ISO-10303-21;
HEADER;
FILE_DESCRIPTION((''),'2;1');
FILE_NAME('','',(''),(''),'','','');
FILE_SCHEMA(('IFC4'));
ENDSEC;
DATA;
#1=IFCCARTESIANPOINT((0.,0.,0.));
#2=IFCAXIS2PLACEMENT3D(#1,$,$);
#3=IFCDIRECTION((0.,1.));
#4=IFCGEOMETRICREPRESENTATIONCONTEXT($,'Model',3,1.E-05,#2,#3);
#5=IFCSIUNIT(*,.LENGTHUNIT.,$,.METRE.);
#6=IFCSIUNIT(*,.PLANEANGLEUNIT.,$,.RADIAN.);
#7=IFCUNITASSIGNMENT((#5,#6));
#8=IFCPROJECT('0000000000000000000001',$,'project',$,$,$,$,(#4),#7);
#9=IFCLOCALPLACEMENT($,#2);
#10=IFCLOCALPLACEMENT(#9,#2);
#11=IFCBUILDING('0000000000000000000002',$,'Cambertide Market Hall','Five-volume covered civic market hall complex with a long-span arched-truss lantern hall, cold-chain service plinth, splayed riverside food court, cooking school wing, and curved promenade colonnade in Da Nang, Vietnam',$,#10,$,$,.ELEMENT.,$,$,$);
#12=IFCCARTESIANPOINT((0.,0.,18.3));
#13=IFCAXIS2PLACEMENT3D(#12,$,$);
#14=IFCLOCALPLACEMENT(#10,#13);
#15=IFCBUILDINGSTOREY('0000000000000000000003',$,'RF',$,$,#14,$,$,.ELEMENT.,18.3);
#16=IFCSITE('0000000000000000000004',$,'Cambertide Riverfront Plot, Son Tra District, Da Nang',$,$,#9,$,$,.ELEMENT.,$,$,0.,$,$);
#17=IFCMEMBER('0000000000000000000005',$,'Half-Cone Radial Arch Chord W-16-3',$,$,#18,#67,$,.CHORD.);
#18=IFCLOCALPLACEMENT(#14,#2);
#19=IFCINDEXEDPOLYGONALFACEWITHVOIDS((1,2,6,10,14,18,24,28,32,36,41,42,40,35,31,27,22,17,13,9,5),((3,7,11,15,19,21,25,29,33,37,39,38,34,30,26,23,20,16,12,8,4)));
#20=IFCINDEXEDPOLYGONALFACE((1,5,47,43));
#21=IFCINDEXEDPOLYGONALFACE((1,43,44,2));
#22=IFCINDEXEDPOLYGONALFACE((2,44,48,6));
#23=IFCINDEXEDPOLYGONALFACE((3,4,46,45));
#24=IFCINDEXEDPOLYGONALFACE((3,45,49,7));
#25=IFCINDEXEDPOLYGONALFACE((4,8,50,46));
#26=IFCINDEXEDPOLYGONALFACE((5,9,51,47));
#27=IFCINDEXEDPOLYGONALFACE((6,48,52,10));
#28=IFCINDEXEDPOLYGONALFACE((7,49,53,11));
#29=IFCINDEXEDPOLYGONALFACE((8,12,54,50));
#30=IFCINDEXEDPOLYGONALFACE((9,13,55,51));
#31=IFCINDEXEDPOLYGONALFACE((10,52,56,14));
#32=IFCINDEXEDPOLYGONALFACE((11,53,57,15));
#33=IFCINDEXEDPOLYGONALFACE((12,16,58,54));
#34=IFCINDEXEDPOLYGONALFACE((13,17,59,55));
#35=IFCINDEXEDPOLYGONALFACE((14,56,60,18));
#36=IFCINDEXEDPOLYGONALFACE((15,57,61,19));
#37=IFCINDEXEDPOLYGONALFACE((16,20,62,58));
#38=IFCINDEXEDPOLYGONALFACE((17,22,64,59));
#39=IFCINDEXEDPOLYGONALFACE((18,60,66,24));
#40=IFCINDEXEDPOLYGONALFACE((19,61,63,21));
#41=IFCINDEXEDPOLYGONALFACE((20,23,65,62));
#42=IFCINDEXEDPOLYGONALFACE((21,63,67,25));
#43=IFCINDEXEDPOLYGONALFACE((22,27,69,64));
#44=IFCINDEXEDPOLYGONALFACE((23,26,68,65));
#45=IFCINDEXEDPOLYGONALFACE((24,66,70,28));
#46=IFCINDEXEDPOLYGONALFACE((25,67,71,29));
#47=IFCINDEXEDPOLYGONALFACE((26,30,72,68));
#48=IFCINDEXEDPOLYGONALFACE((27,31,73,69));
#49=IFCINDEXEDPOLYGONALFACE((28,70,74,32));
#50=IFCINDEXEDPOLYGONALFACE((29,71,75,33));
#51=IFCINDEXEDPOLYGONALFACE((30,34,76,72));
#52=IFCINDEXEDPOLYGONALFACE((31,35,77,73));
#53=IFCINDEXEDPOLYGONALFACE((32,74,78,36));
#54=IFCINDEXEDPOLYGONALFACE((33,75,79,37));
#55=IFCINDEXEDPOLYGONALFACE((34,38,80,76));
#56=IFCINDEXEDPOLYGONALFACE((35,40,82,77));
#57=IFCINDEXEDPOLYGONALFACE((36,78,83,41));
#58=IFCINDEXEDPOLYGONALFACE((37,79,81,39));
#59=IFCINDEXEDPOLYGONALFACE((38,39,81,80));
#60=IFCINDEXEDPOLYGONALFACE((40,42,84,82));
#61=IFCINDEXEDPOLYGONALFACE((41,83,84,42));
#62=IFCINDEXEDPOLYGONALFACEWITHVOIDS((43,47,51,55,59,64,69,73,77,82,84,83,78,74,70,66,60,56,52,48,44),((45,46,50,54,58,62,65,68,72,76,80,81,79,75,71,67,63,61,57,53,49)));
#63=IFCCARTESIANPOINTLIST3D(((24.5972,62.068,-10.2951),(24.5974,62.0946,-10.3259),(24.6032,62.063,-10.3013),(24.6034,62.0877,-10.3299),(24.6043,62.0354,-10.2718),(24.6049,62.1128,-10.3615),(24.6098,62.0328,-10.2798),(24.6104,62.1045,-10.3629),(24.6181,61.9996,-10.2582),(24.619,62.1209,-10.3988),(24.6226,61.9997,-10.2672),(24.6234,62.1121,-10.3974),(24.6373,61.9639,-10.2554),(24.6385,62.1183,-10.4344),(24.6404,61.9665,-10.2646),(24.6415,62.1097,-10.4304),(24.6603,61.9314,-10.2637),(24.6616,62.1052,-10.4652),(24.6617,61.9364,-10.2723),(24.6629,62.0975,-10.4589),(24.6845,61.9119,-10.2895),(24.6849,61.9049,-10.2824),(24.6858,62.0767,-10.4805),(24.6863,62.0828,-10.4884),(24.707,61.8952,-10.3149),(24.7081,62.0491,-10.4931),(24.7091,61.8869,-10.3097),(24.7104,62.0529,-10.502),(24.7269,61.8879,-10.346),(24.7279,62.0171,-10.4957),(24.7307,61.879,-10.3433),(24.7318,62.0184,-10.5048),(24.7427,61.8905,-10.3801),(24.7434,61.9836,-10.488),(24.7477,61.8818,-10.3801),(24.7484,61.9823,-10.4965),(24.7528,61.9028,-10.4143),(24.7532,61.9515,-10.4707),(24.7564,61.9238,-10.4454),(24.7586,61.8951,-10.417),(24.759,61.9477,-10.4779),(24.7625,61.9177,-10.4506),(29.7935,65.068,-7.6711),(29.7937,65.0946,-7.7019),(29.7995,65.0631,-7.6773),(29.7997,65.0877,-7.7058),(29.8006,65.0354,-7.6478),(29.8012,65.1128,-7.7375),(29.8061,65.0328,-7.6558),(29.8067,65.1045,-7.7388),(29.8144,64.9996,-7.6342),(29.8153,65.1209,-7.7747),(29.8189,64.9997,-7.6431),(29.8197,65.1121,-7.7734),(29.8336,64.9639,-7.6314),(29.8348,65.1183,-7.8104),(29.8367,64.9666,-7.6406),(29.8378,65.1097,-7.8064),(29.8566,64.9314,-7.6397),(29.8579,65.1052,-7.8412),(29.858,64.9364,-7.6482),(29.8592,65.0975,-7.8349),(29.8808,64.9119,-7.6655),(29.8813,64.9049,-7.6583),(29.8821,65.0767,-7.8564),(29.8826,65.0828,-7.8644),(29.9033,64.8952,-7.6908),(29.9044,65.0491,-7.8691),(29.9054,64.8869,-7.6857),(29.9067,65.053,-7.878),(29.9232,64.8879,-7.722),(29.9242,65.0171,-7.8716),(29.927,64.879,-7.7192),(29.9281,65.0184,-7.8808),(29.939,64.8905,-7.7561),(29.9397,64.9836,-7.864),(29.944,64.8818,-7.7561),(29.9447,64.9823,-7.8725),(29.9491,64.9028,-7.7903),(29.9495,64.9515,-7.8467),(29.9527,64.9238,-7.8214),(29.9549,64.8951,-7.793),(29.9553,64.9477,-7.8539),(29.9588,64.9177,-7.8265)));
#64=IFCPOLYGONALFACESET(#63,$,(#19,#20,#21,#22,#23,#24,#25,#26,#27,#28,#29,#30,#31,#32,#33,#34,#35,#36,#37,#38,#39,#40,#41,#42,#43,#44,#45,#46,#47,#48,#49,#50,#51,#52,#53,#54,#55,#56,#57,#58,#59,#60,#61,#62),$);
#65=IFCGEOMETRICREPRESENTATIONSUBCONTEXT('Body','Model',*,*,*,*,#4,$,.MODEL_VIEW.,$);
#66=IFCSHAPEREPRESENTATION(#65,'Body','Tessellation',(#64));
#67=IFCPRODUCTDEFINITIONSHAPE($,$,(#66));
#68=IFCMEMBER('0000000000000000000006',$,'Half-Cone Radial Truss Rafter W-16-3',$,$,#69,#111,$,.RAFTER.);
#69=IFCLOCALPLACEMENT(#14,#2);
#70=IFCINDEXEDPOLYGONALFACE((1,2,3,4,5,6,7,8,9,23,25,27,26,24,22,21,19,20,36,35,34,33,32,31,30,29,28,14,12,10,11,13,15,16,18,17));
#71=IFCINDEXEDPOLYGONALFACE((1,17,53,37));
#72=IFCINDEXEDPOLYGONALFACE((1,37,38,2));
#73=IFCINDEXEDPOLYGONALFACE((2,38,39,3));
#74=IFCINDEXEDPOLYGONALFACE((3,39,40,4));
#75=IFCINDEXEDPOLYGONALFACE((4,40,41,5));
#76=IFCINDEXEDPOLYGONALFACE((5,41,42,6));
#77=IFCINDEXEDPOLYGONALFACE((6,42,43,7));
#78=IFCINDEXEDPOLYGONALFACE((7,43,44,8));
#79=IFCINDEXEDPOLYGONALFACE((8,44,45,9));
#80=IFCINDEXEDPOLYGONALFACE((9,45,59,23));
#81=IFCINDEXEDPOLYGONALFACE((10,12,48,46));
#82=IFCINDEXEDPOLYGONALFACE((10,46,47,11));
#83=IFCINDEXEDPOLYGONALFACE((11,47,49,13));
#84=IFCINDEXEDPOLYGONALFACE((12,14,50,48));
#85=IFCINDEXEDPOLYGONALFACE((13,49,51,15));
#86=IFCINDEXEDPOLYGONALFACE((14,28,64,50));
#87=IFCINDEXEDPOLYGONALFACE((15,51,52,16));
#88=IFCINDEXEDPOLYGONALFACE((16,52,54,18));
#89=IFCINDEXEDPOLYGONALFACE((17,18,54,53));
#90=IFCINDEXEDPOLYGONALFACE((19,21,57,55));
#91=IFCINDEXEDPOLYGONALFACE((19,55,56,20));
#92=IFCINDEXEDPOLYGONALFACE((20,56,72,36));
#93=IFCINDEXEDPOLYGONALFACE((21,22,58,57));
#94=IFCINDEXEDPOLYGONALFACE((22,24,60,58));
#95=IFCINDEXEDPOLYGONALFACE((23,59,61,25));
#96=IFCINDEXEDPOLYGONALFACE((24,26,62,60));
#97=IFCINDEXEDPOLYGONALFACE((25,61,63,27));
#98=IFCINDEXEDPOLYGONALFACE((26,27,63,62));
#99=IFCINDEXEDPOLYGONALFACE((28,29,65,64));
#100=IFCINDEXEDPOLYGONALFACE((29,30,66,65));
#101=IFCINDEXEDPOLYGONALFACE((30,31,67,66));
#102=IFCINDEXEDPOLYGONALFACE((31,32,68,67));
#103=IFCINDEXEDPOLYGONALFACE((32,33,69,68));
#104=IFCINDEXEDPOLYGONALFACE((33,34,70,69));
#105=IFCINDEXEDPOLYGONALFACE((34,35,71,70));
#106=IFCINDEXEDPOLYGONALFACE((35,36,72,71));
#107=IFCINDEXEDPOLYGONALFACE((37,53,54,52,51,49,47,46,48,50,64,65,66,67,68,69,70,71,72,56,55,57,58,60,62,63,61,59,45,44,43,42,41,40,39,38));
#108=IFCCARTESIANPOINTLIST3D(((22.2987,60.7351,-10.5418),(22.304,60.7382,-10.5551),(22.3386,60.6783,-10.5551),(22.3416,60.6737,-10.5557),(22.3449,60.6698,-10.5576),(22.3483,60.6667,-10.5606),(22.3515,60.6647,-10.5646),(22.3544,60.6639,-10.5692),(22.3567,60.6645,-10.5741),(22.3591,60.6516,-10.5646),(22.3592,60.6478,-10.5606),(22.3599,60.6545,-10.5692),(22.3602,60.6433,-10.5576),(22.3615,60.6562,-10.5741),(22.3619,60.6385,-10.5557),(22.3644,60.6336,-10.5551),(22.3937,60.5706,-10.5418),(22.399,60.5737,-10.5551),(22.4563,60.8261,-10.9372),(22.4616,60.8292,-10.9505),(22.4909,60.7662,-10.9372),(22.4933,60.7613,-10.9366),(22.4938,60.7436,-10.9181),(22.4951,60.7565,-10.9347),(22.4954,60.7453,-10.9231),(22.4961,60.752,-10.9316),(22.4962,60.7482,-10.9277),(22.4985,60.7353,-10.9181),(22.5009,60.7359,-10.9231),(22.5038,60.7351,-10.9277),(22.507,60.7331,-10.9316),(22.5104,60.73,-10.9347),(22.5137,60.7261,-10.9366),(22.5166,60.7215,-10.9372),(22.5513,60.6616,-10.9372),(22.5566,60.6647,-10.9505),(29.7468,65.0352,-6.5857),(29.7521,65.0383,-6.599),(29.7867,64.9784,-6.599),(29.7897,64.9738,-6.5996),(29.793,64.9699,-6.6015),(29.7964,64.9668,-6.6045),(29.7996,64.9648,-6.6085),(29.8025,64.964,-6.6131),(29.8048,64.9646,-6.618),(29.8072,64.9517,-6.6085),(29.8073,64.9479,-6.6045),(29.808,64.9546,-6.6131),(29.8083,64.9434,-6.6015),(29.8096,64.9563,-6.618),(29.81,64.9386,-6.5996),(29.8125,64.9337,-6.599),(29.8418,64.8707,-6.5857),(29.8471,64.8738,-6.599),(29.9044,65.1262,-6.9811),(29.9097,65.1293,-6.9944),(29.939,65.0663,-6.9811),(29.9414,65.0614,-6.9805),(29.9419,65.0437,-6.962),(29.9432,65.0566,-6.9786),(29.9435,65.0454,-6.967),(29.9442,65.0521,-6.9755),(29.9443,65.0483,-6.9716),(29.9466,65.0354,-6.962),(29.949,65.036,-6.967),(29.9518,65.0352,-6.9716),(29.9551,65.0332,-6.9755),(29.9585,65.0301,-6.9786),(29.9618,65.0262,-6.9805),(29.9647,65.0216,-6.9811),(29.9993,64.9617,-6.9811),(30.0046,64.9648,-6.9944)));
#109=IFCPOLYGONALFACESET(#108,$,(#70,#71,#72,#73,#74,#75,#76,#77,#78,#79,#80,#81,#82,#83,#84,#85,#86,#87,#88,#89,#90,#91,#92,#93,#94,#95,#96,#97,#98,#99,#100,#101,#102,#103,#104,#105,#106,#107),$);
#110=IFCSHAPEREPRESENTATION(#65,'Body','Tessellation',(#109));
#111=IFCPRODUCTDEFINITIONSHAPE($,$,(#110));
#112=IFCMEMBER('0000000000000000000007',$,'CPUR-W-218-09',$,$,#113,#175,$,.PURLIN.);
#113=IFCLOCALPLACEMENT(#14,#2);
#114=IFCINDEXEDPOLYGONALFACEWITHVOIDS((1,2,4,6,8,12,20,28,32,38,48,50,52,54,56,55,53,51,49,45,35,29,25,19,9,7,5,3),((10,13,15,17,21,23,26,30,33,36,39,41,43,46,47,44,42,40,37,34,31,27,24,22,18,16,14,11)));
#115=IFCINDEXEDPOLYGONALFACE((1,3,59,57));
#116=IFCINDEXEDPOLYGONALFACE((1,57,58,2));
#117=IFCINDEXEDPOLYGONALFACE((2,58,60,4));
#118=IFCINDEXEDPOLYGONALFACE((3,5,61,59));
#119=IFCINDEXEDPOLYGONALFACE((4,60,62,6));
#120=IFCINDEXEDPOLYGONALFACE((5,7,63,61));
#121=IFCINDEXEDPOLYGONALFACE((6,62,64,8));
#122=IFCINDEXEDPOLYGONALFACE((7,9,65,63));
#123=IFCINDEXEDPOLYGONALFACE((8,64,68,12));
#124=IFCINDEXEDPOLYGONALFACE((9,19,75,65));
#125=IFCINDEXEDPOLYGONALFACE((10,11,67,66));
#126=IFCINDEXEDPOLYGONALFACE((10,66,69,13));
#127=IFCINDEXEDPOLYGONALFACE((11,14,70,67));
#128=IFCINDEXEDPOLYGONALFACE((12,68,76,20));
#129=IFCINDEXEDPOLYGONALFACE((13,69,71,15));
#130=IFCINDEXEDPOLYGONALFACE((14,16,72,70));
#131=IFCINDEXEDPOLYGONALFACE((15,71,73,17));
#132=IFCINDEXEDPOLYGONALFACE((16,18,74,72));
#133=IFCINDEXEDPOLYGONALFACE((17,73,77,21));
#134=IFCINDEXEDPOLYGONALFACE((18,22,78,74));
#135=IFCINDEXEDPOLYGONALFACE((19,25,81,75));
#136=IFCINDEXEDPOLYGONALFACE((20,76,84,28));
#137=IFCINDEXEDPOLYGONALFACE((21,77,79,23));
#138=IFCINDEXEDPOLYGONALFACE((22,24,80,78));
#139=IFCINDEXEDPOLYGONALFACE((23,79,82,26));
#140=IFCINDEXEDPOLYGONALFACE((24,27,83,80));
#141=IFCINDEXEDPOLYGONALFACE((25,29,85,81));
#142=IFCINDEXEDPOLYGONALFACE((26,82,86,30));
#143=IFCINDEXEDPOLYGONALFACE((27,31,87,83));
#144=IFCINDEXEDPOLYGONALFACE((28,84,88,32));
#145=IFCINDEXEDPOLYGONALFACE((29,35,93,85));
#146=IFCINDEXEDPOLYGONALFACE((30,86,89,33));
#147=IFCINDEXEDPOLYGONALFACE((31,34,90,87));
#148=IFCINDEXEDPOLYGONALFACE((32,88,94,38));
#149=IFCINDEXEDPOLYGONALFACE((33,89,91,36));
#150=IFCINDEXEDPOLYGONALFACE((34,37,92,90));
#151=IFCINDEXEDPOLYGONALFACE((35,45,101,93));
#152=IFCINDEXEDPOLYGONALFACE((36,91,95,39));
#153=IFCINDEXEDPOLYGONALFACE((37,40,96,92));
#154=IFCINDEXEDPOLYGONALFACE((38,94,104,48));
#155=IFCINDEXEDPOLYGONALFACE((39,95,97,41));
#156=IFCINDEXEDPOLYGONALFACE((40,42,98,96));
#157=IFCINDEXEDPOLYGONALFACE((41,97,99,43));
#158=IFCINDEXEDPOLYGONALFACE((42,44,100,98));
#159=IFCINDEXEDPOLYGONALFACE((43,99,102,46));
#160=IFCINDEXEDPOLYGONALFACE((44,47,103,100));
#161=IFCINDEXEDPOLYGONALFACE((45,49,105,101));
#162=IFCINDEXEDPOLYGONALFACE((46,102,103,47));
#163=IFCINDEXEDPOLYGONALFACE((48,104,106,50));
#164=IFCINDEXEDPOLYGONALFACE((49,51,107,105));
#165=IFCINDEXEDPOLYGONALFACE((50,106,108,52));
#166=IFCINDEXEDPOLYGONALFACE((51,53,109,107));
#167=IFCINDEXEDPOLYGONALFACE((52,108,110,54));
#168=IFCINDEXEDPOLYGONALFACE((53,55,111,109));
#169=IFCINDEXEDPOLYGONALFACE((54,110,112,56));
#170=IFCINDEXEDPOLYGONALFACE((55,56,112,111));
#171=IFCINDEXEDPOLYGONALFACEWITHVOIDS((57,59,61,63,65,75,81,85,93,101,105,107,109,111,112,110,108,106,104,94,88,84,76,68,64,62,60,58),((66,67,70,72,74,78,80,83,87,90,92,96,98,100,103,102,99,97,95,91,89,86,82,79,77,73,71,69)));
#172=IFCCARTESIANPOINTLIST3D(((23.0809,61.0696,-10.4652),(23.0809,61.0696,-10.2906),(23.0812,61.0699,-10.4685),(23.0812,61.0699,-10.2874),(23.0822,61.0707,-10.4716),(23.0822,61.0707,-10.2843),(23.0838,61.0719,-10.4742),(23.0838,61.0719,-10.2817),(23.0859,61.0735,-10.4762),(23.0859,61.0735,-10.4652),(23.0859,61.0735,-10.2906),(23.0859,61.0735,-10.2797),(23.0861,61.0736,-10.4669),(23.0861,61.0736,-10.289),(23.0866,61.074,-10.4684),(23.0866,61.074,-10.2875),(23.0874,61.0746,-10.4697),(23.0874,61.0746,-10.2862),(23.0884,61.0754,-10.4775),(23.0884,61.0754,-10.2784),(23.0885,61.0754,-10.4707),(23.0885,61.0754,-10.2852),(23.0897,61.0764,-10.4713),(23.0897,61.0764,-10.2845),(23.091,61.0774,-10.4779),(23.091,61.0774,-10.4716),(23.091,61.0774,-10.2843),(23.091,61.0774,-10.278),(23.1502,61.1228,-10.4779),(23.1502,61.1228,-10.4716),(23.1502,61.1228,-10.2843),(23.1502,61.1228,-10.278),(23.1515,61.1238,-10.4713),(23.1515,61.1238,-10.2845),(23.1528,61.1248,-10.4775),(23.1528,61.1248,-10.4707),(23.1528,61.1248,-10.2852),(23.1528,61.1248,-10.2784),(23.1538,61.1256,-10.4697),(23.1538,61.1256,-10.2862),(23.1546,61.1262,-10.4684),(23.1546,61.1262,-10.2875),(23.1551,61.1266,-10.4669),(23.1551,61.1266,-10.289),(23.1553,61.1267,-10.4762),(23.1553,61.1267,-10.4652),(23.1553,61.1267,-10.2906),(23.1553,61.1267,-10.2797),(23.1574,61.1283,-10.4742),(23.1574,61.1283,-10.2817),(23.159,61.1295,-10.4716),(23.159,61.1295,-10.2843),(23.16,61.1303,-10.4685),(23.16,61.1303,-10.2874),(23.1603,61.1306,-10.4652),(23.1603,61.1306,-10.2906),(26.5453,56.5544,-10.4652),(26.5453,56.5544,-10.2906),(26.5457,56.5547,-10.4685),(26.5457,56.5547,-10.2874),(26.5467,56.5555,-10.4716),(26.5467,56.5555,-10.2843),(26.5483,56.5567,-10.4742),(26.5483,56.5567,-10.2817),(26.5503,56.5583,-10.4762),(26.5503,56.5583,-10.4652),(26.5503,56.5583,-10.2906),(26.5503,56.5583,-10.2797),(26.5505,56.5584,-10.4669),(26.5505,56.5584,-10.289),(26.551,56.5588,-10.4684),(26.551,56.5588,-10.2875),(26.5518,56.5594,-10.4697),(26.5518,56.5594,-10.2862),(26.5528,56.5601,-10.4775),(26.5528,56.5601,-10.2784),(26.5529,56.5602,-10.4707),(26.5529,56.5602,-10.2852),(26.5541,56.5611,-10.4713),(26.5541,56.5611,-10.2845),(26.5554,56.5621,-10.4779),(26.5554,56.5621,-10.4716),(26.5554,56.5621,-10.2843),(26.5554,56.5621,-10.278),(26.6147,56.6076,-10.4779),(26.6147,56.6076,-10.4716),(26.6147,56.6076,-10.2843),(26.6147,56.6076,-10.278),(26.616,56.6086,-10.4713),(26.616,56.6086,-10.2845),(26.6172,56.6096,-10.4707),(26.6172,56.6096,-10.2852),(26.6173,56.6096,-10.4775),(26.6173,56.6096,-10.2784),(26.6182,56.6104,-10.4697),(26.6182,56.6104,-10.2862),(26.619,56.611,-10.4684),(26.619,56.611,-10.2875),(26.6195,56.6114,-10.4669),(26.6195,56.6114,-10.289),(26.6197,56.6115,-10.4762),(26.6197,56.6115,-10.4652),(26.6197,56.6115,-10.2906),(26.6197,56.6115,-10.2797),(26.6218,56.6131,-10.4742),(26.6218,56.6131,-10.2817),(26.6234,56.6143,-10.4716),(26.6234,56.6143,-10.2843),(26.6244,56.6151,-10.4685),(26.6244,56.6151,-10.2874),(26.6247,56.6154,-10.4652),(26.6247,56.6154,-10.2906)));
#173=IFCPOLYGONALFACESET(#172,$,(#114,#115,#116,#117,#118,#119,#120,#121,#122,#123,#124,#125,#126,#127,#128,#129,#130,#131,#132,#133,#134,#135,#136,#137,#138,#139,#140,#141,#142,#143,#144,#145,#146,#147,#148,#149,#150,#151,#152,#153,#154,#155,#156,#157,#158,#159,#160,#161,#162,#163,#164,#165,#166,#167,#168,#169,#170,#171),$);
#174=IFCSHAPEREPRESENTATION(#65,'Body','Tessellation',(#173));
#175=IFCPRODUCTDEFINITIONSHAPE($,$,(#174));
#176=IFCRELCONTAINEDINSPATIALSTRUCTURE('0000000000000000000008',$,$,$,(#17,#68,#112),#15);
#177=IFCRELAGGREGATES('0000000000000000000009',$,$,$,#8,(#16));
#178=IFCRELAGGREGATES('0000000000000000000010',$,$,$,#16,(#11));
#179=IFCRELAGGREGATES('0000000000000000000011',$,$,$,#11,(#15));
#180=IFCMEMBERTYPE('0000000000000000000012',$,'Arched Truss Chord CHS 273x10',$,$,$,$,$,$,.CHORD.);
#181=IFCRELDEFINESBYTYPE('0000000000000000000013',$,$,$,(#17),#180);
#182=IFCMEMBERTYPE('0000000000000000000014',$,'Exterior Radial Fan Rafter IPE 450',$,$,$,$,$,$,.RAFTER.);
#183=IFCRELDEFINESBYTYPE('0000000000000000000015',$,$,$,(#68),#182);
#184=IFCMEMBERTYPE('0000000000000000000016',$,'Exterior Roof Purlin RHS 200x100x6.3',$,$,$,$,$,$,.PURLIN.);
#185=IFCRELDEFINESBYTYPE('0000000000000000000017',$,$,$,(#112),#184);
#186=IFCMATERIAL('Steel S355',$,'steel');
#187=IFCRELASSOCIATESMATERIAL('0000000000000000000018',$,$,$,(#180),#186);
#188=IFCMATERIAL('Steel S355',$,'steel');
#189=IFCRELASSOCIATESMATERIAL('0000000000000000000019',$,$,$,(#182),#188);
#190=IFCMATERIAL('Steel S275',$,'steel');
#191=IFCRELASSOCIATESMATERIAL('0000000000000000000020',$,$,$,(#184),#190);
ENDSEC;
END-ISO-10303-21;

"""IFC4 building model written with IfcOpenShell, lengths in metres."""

from ifc_helpers import new_model, si_unit, direction, frame, origin, origin_2d, place, context, subcontext, project, spatial, hollow_rectangle, hollow_circle, i_section, extrude, material, material_profile, profile_set, type_object, element, save


model = new_model("IFC4")

# Units and contexts
model_context = context("Model", 3, precision=1e-05, world=origin(), true_north=direction((0.0, 1.0)))
body_context = subcontext(model_context, "Body", "Model", "MODEL_VIEW")
ifc_project = project(units=[si_unit("LENGTHUNIT", "METRE"), si_unit("PLANEANGLEUNIT", "RADIAN")], contexts=[model_context])

# Site, building, storey
site_placement = place(None, origin())
site = spatial("IfcSite", under=ifc_project, at=site_placement, Name="Cambertide Riverfront Plot, Son Tra District, Da Nang", CompositionType="ELEMENT", RefElevation=0.0)
building_placement = place(site_placement, origin())
building = spatial("IfcBuilding", under=site, at=building_placement, Name="Cambertide Market Hall", Description="Five-volume covered civic market hall complex with a long-span arched-truss lantern hall, cold-chain service plinth, splayed riverside food court, cooking school wing, and curved promenade colonnade in Da Nang, Vietnam", CompositionType="ELEMENT")
storey_placement = place(building_placement, frame((0.0, 0.0, 18.3)))
storey = spatial("IfcBuildingStorey", under=building, at=storey_placement, Name="RF", CompositionType="ELEMENT", Elevation=18.3)

# Members
ifc_material_1 = material(Name="Steel S355", Category="steel")
ifc_material_profile_1 = material_profile(ifc_material_1, hollow_circle(Radius=0.1365, WallThickness=0.01, at=origin_2d()), Name="CHS 273x10")
ifc_profile_set_1 = profile_set([ifc_material_profile_1], Name="Steel S355")
member_type_1 = type_object("IfcMemberType", Name="Arched Truss Chord CHS 273x10", PredefinedType="CHORD", material=ifc_profile_set_1)
member_1_placement = place(storey_placement, frame((29.8757, 65.0, -7.7561), z_axis=(-0.793471, -0.458098, -0.400687), x_axis=(0.49999, -0.866031, 0.0)))
element("IfcMember", 1, at=member_1_placement, inside=storey, type_object=member_type_1, Name="Half-Cone Radial Arch Chord W-16-3", PredefinedType="CHORD", context=body_context, shape_type="SweptSolid", body=[
    extrude(hollow_circle(Radius=0.1365, WallThickness=0.01, at=origin_2d()), origin(), (0.0, 0.0, 1.0), 6.5488),
])
ifc_material_2 = material(Name="Steel S355", Category="steel")
ifc_material_profile_2 = material_profile(ifc_material_2, i_section(OverallWidth=0.1899, OverallDepth=0.45, WebThickness=0.0095, FlangeThickness=0.0146, FilletRadius=0.021, at=origin_2d()), Name="IPE 450")
ifc_profile_set_2 = profile_set([ifc_material_profile_2], Name="Steel S355")
member_type_2 = type_object("IfcMemberType", Name="Exterior Radial Fan Rafter IPE 450", PredefinedType="RAFTER", material=ifc_profile_set_2)
member_2_placement = place(storey_placement, frame((29.8757, 65.0, -6.79), z_axis=(-0.786779, -0.454241, -0.417903), x_axis=(0.499995, -0.866028, 0.0)))
element("IfcMember", 2, at=member_2_placement, inside=storey, type_object=member_type_2, Name="Half-Cone Radial Truss Rafter W-16-3", PredefinedType="RAFTER", context=body_context, shape_type="SweptSolid", body=[
    extrude(i_section(OverallWidth=0.1899, OverallDepth=0.45, WebThickness=0.0095, FlangeThickness=0.0146, FilletRadius=0.021, at=origin_2d()), origin(), (0.0, 0.0, 1.0), 9.4666),
])
ifc_material_3 = material(Name="Steel S275", Category="steel")
ifc_material_profile_3 = material_profile(ifc_material_3, hollow_rectangle(XDim=0.1001, YDim=0.2, WallThickness=0.0063, InnerFilletRadius=0.0063, OuterFilletRadius=0.0127, at=origin_2d()), Name="RHS 200x100x6.3")
ifc_profile_set_3 = profile_set([ifc_material_profile_3], Name="Steel S275")
member_type_3 = type_object("IfcMemberType", Name="Exterior Roof Purlin RHS 200x100x6.3", PredefinedType="PURLIN", material=ifc_profile_set_3)
member_3_placement = place(storey_placement, frame((23.1206, 61.1001, -10.3779), z_axis=(0.608736, -0.793373, 0.0), x_axis=(0.793373, 0.608736, 0.0)))
element("IfcMember", 3, at=member_3_placement, inside=storey, type_object=member_type_3, Name="CPUR-W-218-09", PredefinedType="PURLIN", context=body_context, shape_type="SweptSolid", body=[
    extrude(hollow_rectangle(XDim=0.1001, YDim=0.2, WallThickness=0.0063, InnerFilletRadius=0.0063, OuterFilletRadius=0.0127, at=origin_2d()), origin(), (0.0, 0.0, 1.0), 5.6912),
])

save(model, "model.ifc")
